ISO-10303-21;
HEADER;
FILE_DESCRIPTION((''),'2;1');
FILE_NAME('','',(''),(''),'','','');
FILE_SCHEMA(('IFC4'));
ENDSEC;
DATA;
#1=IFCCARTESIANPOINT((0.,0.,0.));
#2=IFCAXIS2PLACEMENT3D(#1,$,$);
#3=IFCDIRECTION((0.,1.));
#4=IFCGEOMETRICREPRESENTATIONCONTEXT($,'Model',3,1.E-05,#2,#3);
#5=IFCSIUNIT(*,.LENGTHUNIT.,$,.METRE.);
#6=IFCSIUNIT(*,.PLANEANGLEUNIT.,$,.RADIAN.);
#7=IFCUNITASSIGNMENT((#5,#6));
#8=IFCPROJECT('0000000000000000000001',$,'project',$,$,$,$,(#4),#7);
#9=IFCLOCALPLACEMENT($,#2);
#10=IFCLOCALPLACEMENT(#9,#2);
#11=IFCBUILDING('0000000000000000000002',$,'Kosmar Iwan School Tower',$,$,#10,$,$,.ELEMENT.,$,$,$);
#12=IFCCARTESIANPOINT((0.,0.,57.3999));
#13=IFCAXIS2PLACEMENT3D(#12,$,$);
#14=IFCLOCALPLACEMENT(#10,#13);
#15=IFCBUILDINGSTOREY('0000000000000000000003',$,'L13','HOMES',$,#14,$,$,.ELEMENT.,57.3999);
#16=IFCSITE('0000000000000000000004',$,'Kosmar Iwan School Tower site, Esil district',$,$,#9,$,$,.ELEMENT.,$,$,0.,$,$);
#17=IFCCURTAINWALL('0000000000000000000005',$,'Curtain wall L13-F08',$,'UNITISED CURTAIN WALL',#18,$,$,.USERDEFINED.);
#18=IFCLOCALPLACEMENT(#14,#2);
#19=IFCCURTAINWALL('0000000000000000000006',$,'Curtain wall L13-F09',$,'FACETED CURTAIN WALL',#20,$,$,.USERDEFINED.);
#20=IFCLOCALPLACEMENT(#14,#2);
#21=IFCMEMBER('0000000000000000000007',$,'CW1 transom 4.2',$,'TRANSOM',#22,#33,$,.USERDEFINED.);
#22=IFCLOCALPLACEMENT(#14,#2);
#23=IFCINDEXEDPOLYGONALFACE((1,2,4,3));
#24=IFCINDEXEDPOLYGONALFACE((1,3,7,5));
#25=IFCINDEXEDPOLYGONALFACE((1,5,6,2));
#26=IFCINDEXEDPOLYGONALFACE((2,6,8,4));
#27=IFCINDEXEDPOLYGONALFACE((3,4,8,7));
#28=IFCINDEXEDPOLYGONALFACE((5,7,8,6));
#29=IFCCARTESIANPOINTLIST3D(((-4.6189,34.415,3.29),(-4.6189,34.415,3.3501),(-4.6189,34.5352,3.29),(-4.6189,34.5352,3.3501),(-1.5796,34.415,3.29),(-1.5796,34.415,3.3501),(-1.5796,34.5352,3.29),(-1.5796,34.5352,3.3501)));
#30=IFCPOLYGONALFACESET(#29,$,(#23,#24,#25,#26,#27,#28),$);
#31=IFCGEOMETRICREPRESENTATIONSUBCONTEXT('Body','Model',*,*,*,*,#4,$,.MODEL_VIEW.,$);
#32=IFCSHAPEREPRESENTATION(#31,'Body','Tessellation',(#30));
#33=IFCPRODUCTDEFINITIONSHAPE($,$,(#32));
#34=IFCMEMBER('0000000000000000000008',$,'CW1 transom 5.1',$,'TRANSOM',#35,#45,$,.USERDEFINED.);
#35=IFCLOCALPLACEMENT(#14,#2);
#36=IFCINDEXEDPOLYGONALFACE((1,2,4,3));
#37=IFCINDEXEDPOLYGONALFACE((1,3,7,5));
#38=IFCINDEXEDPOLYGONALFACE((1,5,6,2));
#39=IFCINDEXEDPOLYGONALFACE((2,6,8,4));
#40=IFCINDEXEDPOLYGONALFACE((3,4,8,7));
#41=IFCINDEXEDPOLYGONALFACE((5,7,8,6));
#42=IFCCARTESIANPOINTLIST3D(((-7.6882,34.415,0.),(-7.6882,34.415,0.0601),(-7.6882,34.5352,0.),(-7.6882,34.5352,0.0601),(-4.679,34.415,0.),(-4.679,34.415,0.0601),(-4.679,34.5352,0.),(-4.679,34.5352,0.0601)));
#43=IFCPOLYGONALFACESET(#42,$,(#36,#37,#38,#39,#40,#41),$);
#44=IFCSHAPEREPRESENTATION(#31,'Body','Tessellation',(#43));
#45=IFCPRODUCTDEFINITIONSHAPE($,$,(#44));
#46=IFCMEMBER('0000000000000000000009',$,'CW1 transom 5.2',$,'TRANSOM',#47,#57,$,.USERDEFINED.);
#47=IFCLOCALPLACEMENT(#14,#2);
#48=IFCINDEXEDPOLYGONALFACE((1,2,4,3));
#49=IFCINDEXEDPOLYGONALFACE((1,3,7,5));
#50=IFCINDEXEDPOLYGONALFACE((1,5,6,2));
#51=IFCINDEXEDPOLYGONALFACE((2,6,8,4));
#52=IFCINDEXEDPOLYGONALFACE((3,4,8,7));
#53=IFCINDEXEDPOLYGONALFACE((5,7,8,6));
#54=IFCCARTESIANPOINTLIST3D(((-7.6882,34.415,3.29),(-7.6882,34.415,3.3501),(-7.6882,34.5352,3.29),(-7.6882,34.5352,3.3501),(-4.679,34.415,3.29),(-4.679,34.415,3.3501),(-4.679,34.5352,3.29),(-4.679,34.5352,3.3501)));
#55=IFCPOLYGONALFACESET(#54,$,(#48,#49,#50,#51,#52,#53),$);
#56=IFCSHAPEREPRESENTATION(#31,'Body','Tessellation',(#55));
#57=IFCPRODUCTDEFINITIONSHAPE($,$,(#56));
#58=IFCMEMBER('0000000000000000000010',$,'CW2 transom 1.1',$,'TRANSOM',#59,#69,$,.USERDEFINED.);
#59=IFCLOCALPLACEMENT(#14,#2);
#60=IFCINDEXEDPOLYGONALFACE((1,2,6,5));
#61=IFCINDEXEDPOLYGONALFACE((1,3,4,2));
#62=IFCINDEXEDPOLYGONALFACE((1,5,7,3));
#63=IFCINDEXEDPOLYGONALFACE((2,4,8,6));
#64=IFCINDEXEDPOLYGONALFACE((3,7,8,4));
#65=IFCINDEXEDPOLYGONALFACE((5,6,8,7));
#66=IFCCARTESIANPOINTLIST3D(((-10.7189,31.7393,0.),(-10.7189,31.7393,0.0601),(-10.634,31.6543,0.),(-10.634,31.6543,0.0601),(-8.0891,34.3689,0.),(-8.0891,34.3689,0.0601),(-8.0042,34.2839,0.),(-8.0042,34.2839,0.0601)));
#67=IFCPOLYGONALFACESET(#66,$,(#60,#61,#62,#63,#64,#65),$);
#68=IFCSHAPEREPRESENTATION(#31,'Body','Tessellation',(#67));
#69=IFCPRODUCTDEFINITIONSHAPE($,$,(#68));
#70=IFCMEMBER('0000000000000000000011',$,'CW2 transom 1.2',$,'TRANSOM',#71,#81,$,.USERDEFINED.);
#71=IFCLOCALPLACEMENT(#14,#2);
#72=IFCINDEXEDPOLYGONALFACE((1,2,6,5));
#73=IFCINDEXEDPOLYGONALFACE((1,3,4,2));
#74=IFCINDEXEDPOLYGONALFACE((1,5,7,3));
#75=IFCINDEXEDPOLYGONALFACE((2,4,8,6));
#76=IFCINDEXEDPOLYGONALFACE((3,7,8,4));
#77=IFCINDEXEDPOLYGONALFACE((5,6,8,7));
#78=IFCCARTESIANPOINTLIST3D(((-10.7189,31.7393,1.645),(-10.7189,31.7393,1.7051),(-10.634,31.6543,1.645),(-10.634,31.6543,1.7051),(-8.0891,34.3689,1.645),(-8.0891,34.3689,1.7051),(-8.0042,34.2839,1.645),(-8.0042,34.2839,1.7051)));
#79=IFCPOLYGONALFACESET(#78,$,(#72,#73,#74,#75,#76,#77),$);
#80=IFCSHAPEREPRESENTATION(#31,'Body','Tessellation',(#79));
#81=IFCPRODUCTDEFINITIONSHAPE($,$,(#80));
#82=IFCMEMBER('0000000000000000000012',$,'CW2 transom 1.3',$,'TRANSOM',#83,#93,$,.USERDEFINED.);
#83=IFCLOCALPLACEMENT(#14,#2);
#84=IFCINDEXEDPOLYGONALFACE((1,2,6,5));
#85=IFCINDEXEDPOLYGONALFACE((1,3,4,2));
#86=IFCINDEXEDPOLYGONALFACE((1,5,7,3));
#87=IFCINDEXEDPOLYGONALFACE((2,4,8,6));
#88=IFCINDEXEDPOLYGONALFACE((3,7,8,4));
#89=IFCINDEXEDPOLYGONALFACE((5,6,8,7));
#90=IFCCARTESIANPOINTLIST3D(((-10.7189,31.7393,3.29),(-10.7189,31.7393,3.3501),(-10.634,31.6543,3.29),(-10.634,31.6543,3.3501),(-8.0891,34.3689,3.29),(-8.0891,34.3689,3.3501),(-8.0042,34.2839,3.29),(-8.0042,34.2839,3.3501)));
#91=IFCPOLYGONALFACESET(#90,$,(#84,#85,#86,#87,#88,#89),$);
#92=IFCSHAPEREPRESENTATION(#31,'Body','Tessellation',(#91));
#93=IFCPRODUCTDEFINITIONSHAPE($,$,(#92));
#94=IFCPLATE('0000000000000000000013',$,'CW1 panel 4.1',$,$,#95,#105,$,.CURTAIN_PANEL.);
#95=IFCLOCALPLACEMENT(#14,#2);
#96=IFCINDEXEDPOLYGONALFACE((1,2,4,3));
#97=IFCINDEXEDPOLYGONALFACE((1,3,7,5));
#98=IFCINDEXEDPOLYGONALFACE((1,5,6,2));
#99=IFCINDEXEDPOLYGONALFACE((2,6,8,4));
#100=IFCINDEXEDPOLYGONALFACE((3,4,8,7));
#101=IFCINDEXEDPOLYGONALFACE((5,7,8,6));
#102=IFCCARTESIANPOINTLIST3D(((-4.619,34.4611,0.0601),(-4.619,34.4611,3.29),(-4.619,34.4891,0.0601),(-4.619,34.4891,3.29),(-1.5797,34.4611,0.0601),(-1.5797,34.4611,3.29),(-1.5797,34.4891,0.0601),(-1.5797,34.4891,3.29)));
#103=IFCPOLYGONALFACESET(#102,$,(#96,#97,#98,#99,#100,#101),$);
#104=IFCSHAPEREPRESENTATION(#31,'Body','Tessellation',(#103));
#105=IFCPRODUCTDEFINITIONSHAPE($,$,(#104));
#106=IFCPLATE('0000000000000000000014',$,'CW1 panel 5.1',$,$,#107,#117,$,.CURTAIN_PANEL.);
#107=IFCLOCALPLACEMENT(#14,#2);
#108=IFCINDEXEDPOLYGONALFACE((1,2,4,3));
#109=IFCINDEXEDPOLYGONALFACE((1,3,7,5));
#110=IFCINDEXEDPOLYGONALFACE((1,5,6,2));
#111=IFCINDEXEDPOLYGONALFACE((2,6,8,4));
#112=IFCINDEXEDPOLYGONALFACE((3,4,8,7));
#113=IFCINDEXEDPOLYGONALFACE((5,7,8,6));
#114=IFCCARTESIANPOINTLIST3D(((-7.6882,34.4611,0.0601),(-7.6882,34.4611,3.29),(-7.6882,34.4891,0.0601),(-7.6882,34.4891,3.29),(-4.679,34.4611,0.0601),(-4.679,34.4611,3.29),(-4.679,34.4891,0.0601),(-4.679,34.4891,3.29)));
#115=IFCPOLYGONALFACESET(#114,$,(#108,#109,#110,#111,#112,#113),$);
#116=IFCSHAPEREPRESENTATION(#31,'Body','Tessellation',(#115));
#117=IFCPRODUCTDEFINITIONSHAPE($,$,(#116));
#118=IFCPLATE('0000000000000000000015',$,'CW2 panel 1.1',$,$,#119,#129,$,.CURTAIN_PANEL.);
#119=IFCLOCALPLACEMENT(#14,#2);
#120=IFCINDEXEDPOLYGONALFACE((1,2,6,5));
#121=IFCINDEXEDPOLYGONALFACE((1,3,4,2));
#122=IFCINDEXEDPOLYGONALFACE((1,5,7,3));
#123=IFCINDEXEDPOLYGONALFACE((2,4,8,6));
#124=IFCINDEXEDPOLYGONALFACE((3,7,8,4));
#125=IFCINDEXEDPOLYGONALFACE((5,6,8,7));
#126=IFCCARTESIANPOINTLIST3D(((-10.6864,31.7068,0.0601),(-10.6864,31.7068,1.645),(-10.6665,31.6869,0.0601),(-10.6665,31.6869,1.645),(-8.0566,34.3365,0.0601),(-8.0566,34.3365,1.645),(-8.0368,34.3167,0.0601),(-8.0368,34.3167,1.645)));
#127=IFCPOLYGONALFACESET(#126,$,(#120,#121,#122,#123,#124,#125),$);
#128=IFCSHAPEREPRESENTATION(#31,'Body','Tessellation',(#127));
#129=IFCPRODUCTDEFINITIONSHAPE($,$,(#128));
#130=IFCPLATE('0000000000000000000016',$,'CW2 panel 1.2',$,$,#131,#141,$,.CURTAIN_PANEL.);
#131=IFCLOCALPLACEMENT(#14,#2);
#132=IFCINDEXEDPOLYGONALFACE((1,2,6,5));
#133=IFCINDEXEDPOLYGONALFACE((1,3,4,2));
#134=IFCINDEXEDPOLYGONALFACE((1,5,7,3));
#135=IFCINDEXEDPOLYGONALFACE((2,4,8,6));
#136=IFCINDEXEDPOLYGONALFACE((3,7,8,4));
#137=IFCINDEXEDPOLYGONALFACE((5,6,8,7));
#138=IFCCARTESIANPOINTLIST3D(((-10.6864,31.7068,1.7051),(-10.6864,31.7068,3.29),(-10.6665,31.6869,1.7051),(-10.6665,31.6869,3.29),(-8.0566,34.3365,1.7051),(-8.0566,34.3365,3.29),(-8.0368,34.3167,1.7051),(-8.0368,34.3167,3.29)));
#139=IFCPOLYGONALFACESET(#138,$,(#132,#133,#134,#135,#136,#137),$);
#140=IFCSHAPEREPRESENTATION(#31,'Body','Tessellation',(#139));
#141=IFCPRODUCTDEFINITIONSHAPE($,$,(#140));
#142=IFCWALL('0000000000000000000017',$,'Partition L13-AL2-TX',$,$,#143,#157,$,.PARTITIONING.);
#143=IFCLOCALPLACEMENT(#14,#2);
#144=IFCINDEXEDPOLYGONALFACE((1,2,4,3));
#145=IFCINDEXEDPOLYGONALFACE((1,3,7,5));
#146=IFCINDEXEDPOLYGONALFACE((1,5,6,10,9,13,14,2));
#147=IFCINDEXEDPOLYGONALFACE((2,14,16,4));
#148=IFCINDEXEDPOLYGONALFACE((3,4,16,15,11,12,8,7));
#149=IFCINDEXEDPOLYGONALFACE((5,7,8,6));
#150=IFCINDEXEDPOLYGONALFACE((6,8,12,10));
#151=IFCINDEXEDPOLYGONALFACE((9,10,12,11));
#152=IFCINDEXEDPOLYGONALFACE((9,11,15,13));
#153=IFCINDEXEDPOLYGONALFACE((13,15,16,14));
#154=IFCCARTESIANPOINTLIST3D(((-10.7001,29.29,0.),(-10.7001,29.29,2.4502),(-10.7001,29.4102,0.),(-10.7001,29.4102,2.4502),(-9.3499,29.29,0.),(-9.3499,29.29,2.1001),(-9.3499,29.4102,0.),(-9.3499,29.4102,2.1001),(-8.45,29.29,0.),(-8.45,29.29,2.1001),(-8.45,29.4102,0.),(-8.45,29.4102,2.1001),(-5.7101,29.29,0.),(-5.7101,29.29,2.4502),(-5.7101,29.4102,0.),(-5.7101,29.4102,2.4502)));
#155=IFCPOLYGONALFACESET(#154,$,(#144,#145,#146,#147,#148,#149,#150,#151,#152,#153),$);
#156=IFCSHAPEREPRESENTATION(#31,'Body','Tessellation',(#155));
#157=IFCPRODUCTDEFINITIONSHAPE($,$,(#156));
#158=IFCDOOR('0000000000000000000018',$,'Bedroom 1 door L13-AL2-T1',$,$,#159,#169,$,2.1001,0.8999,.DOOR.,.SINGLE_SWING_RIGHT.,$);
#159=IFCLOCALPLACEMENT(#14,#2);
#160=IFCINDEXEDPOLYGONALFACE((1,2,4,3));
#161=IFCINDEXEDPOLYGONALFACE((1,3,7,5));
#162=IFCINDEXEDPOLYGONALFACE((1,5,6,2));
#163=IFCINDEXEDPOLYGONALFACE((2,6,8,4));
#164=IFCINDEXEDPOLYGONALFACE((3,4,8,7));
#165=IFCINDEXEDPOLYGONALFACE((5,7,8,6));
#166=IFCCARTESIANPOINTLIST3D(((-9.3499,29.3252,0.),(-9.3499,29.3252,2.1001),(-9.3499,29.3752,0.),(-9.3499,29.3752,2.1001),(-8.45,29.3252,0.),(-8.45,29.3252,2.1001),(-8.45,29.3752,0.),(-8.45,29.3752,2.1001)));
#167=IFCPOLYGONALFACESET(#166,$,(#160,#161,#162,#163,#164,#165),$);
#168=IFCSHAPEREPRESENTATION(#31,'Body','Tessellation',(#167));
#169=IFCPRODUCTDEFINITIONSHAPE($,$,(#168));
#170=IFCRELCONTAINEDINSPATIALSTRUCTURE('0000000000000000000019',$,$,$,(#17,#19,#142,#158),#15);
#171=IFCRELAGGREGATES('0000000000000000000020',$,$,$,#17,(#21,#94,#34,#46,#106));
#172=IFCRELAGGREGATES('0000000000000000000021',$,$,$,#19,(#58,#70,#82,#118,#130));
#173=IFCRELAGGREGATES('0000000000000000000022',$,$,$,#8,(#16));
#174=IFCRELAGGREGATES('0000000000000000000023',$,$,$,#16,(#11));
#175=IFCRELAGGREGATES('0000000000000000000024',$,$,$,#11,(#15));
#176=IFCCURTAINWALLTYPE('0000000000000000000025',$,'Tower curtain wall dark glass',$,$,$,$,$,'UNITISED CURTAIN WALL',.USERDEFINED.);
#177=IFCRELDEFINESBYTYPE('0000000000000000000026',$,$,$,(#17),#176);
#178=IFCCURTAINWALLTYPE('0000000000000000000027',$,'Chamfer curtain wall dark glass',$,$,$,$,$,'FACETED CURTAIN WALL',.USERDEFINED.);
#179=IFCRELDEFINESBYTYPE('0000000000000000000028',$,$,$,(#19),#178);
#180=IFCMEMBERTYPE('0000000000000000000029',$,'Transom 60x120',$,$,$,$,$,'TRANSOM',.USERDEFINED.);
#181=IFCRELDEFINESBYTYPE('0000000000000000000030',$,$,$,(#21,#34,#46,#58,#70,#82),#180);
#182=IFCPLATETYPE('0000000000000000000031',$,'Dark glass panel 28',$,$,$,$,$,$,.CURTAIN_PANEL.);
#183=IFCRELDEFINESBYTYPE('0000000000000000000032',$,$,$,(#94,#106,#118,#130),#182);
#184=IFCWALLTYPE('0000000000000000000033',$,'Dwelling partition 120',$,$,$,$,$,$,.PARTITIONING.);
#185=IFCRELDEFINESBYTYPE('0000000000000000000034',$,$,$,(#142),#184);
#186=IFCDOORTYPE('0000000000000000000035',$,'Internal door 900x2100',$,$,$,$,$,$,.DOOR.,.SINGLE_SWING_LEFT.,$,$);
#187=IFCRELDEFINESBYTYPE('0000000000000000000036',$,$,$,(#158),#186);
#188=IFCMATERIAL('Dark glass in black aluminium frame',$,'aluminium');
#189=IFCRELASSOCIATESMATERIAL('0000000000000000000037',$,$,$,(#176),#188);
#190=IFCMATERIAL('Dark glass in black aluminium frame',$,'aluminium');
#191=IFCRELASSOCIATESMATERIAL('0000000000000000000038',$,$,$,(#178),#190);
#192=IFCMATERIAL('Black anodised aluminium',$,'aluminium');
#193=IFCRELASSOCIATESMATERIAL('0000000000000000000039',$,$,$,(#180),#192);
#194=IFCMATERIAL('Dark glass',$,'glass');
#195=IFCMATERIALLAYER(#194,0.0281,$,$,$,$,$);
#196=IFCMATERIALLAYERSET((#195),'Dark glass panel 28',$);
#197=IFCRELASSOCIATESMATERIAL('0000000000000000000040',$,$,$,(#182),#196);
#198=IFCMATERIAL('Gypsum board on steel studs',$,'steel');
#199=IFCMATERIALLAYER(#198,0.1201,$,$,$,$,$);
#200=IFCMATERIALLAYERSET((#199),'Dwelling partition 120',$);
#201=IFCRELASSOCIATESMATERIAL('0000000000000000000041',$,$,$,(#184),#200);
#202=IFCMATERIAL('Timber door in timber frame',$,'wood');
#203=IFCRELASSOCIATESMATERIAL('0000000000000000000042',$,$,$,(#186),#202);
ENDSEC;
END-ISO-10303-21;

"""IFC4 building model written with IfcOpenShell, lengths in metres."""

from ifc_helpers import new_model, si_unit, direction, frame, frame_2d, origin, origin_2d, place, context, subcontext, project, spatial, rectangle, extrude, material, layer, layer_set, material_profile, profile_set, type_object, element, fill, aggregate, save


model = new_model("IFC4")

# Units and contexts
model_context = context("Model", 3, precision=1e-05, world=origin(), true_north=direction((0.0, 1.0)))
body_context = subcontext(model_context, "Body", "Model", "MODEL_VIEW")
ifc_project = project(units=[si_unit("LENGTHUNIT", "METRE"), si_unit("PLANEANGLEUNIT", "RADIAN")], contexts=[model_context])

# Site, building, storey
site_placement = place(None, origin())
site = spatial("IfcSite", under=ifc_project, at=site_placement, Name="Kosmar Iwan School Tower site, Esil district", CompositionType="ELEMENT", RefElevation=0.0)
building_placement = place(site_placement, origin())
building = spatial("IfcBuilding", under=site, at=building_placement, Name="Kosmar Iwan School Tower", CompositionType="ELEMENT")
storey_placement = place(building_placement, frame((0.0, 0.0, 57.3999)))
storey = spatial("IfcBuildingStorey", under=building, at=storey_placement, Name="L13", Description="HOMES", CompositionType="ELEMENT", Elevation=57.3999)

# Curtain walls
ifc_material_1 = material(Name="Dark glass in black aluminium frame", Category="aluminium")
curtain_wall_type_1 = type_object("IfcCurtainWallType", Name="Tower curtain wall dark glass", ElementType="UNITISED CURTAIN WALL", PredefinedType="USERDEFINED", material=ifc_material_1)
curtain_wall_1_placement = place(storey_placement, origin())
curtain_wall_1 = element("IfcCurtainWall", 1, at=curtain_wall_1_placement, inside=storey, type_object=curtain_wall_type_1, Name="Curtain wall L13-F08", ObjectType="UNITISED CURTAIN WALL", PredefinedType="USERDEFINED")
ifc_material_2 = material(Name="Dark glass in black aluminium frame", Category="aluminium")
curtain_wall_type_2 = type_object("IfcCurtainWallType", Name="Chamfer curtain wall dark glass", ElementType="FACETED CURTAIN WALL", PredefinedType="USERDEFINED", material=ifc_material_2)
curtain_wall_2_placement = place(storey_placement, origin())
curtain_wall_2 = element("IfcCurtainWall", 2, at=curtain_wall_2_placement, inside=storey, type_object=curtain_wall_type_2, Name="Curtain wall L13-F09", ObjectType="FACETED CURTAIN WALL", PredefinedType="USERDEFINED")

# Members
ifc_material_3 = material(Name="Black anodised aluminium", Category="aluminium")
ifc_material_profile_1 = material_profile(ifc_material_3, rectangle(XDim=0.1201, YDim=0.0601, at=origin_2d()), Name="TRANSOM 60x120")
ifc_profile_set_1 = profile_set([ifc_material_profile_1], Name="Black anodised aluminium")
member_type_1 = type_object("IfcMemberType", Name="Transom 60x120", ElementType="TRANSOM", PredefinedType="USERDEFINED", material=ifc_profile_set_1)
member_1_placement = place(storey_placement, frame((-1.5796, 34.4751, 3.3201), z_axis=(-1.0, 0.0, 0.0), x_axis=(0.0, -1.0, 0.0)))
member_1 = element("IfcMember", 3, at=member_1_placement, type_object=member_type_1, Name="CW1 transom 4.2", ObjectType="TRANSOM", PredefinedType="USERDEFINED", context=body_context, shape_type="SweptSolid", body=[
    extrude(rectangle(XDim=0.1201, YDim=0.0601, at=origin_2d()), origin(), (0.0, 0.0, 1.0), 3.0393),
])
member_2_placement = place(storey_placement, frame((-4.679, 34.4751, 0.03), z_axis=(-1.0, 0.0, 0.0), x_axis=(0.0, -1.0, 0.0)))
member_2 = element("IfcMember", 4, at=member_2_placement, type_object=member_type_1, Name="CW1 transom 5.1", ObjectType="TRANSOM", PredefinedType="USERDEFINED", context=body_context, shape_type="SweptSolid", body=[
    extrude(rectangle(XDim=0.1201, YDim=0.0601, at=origin_2d()), origin(), (0.0, 0.0, 1.0), 3.0093),
])
member_3_placement = place(storey_placement, frame((-4.679, 34.4751, 3.3201), z_axis=(-1.0, 0.0, 0.0), x_axis=(0.0, -1.0, 0.0)))
member_3 = element("IfcMember", 5, at=member_3_placement, type_object=member_type_1, Name="CW1 transom 5.2", ObjectType="TRANSOM", PredefinedType="USERDEFINED", context=body_context, shape_type="SweptSolid", body=[
    extrude(rectangle(XDim=0.1201, YDim=0.0601, at=origin_2d()), origin(), (0.0, 0.0, 1.0), 3.0093),
])
member_4_placement = place(storey_placement, frame((-8.0466, 34.3264, 0.03), z_axis=(-0.70714, -0.707074, 0.0), x_axis=(0.707074, -0.70714, 0.0)))
member_4 = element("IfcMember", 6, at=member_4_placement, type_object=member_type_1, Name="CW2 transom 1.1", ObjectType="TRANSOM", PredefinedType="USERDEFINED", context=body_context, shape_type="SweptSolid", body=[
    extrude(rectangle(XDim=0.1201, YDim=0.0601, at=origin_2d()), origin(), (0.0, 0.0, 1.0), 3.719),
])
member_5_placement = place(storey_placement, frame((-8.0466, 34.3264, 1.675), z_axis=(-0.70714, -0.707074, 0.0), x_axis=(0.707074, -0.70714, 0.0)))
member_5 = element("IfcMember", 7, at=member_5_placement, type_object=member_type_1, Name="CW2 transom 1.2", ObjectType="TRANSOM", PredefinedType="USERDEFINED", context=body_context, shape_type="SweptSolid", body=[
    extrude(rectangle(XDim=0.1201, YDim=0.0601, at=origin_2d()), origin(), (0.0, 0.0, 1.0), 3.719),
])
member_6_placement = place(storey_placement, frame((-8.0466, 34.3264, 3.3201), z_axis=(-0.70714, -0.707074, 0.0), x_axis=(0.707074, -0.70714, 0.0)))
member_6 = element("IfcMember", 8, at=member_6_placement, type_object=member_type_1, Name="CW2 transom 1.3", ObjectType="TRANSOM", PredefinedType="USERDEFINED", context=body_context, shape_type="SweptSolid", body=[
    extrude(rectangle(XDim=0.1201, YDim=0.0601, at=origin_2d()), origin(), (0.0, 0.0, 1.0), 3.719),
])

# Plates
ifc_material_4 = material(Name="Dark glass", Category="glass")
ifc_layer_1 = layer(ifc_material_4, 0.0281)
ifc_layer_set_1 = layer_set([ifc_layer_1], Name="Dark glass panel 28")
plate_type = type_object("IfcPlateType", Name="Dark glass panel 28", PredefinedType="CURTAIN_PANEL", material=ifc_layer_set_1)
plate_1_placement = place(storey_placement, frame((-3.0994, 34.4751, 0.0601), z_axis=(0.0, 0.0, 1.0), x_axis=(-1.0, 0.0, 0.0)))
plate_1 = element("IfcPlate", 9, at=plate_1_placement, type_object=plate_type, Name="CW1 panel 4.1", PredefinedType="CURTAIN_PANEL", context=body_context, shape_type="SweptSolid", body=[
    extrude(rectangle(XDim=3.0393, YDim=0.0281, at=origin_2d()), origin(), (0.0, 0.0, 1.0), 3.23),
])
plate_2_placement = place(storey_placement, frame((-6.1836, 34.4751, 0.0601), z_axis=(0.0, 0.0, 1.0), x_axis=(-1.0, 0.0, 0.0)))
plate_2 = element("IfcPlate", 10, at=plate_2_placement, type_object=plate_type, Name="CW1 panel 5.1", PredefinedType="CURTAIN_PANEL", context=body_context, shape_type="SweptSolid", body=[
    extrude(rectangle(XDim=3.0093, YDim=0.0281, at=origin_2d()), origin(), (0.0, 0.0, 1.0), 3.23),
])
aggregate(curtain_wall_1, [member_1, plate_1, member_2, member_3, plate_2])
plate_3_placement = place(storey_placement, frame((-9.3616, 33.0117, 0.0601), z_axis=(0.0, 0.0, 1.0), x_axis=(-0.707107, -0.707107, 0.0)))
plate_3 = element("IfcPlate", 11, at=plate_3_placement, type_object=plate_type, Name="CW2 panel 1.1", PredefinedType="CURTAIN_PANEL", context=body_context, shape_type="SweptSolid", body=[
    extrude(rectangle(XDim=3.719, YDim=0.0281, at=origin_2d()), origin(), (0.0, 0.0, 1.0), 1.585),
])
plate_4_placement = place(storey_placement, frame((-9.3616, 33.0117, 1.7051), z_axis=(0.0, 0.0, 1.0), x_axis=(-0.707107, -0.707107, 0.0)))
plate_4 = element("IfcPlate", 12, at=plate_4_placement, type_object=plate_type, Name="CW2 panel 1.2", PredefinedType="CURTAIN_PANEL", context=body_context, shape_type="SweptSolid", body=[
    extrude(rectangle(XDim=3.719, YDim=0.0281, at=origin_2d()), origin(), (0.0, 0.0, 1.0), 1.585),
])
aggregate(curtain_wall_2, [member_4, member_5, member_6, plate_3, plate_4])

# Wall, opening, door
ifc_material_5 = material(Name="Gypsum board on steel studs", Category="steel")
ifc_layer_2 = layer(ifc_material_5, 0.1201)
ifc_layer_set_2 = layer_set([ifc_layer_2], Name="Dwelling partition 120")
wall_type_1 = type_object("IfcWallType", Name="Dwelling partition 120", PredefinedType="PARTITIONING", material=ifc_layer_set_2)
wall_1_placement = place(storey_placement, frame((-5.71, 29.3501, 0.0), z_axis=(0.0, 0.0, 1.0), x_axis=(-1.0, 0.0, 0.0)))
wall_1 = element("IfcWall", 13, at=wall_1_placement, inside=storey, type_object=wall_type_1, Name="Partition L13-AL2-TX", PredefinedType="PARTITIONING", context=body_context, shape_type="SweptSolid", body=[
    extrude(rectangle(XDim=4.99, YDim=0.1201, at=frame_2d((2.4951, 0.0))), origin(), (0.0, 0.0, 1.0), 2.4502),
])
opening_1_placement = place(wall_1_placement, frame((2.74, 0.0, 0.0)))
opening_1 = element("IfcOpeningElement", 14, at=opening_1_placement, cuts=wall_1, PredefinedType="OPENING", context=body_context, shape_type="SweptSolid", body=[
    extrude(rectangle(XDim=0.8999, YDim=2.1001, at=frame_2d((0.45, 1.05))), frame((0.0, 0.072, 0.0), z_axis=(0.0, -1.0, 0.0), x_axis=(1.0, 0.0, 0.0)), (0.0, 0.0, 1.0), 0.144),
])
ifc_material_6 = material(Name="Timber door in timber frame", Category="wood")
door_type_1 = type_object("IfcDoorType", Name="Internal door 900x2100", OperationType="SINGLE_SWING_LEFT", PredefinedType="DOOR", material=ifc_material_6)
door_1_placement = place(opening_1_placement, origin())
door_1 = element("IfcDoor", 15, at=door_1_placement, inside=storey, type_object=door_type_1, Name="Bedroom 1 door L13-AL2-T1", OperationType="SINGLE_SWING_RIGHT", OverallHeight=2.1001, OverallWidth=0.8999, PredefinedType="DOOR", context=body_context, shape_type="SweptSolid", body=[
    extrude(rectangle(XDim=0.8999, YDim=2.1001, at=frame_2d((0.45, 1.05))), frame((0.0, 0.0249, 0.0), z_axis=(0.0, -1.0, 0.0), x_axis=(1.0, 0.0, 0.0)), (0.0, 0.0, 1.0), 0.05),
])
fill(opening_1, door_1)

save(model, "model.ifc")
